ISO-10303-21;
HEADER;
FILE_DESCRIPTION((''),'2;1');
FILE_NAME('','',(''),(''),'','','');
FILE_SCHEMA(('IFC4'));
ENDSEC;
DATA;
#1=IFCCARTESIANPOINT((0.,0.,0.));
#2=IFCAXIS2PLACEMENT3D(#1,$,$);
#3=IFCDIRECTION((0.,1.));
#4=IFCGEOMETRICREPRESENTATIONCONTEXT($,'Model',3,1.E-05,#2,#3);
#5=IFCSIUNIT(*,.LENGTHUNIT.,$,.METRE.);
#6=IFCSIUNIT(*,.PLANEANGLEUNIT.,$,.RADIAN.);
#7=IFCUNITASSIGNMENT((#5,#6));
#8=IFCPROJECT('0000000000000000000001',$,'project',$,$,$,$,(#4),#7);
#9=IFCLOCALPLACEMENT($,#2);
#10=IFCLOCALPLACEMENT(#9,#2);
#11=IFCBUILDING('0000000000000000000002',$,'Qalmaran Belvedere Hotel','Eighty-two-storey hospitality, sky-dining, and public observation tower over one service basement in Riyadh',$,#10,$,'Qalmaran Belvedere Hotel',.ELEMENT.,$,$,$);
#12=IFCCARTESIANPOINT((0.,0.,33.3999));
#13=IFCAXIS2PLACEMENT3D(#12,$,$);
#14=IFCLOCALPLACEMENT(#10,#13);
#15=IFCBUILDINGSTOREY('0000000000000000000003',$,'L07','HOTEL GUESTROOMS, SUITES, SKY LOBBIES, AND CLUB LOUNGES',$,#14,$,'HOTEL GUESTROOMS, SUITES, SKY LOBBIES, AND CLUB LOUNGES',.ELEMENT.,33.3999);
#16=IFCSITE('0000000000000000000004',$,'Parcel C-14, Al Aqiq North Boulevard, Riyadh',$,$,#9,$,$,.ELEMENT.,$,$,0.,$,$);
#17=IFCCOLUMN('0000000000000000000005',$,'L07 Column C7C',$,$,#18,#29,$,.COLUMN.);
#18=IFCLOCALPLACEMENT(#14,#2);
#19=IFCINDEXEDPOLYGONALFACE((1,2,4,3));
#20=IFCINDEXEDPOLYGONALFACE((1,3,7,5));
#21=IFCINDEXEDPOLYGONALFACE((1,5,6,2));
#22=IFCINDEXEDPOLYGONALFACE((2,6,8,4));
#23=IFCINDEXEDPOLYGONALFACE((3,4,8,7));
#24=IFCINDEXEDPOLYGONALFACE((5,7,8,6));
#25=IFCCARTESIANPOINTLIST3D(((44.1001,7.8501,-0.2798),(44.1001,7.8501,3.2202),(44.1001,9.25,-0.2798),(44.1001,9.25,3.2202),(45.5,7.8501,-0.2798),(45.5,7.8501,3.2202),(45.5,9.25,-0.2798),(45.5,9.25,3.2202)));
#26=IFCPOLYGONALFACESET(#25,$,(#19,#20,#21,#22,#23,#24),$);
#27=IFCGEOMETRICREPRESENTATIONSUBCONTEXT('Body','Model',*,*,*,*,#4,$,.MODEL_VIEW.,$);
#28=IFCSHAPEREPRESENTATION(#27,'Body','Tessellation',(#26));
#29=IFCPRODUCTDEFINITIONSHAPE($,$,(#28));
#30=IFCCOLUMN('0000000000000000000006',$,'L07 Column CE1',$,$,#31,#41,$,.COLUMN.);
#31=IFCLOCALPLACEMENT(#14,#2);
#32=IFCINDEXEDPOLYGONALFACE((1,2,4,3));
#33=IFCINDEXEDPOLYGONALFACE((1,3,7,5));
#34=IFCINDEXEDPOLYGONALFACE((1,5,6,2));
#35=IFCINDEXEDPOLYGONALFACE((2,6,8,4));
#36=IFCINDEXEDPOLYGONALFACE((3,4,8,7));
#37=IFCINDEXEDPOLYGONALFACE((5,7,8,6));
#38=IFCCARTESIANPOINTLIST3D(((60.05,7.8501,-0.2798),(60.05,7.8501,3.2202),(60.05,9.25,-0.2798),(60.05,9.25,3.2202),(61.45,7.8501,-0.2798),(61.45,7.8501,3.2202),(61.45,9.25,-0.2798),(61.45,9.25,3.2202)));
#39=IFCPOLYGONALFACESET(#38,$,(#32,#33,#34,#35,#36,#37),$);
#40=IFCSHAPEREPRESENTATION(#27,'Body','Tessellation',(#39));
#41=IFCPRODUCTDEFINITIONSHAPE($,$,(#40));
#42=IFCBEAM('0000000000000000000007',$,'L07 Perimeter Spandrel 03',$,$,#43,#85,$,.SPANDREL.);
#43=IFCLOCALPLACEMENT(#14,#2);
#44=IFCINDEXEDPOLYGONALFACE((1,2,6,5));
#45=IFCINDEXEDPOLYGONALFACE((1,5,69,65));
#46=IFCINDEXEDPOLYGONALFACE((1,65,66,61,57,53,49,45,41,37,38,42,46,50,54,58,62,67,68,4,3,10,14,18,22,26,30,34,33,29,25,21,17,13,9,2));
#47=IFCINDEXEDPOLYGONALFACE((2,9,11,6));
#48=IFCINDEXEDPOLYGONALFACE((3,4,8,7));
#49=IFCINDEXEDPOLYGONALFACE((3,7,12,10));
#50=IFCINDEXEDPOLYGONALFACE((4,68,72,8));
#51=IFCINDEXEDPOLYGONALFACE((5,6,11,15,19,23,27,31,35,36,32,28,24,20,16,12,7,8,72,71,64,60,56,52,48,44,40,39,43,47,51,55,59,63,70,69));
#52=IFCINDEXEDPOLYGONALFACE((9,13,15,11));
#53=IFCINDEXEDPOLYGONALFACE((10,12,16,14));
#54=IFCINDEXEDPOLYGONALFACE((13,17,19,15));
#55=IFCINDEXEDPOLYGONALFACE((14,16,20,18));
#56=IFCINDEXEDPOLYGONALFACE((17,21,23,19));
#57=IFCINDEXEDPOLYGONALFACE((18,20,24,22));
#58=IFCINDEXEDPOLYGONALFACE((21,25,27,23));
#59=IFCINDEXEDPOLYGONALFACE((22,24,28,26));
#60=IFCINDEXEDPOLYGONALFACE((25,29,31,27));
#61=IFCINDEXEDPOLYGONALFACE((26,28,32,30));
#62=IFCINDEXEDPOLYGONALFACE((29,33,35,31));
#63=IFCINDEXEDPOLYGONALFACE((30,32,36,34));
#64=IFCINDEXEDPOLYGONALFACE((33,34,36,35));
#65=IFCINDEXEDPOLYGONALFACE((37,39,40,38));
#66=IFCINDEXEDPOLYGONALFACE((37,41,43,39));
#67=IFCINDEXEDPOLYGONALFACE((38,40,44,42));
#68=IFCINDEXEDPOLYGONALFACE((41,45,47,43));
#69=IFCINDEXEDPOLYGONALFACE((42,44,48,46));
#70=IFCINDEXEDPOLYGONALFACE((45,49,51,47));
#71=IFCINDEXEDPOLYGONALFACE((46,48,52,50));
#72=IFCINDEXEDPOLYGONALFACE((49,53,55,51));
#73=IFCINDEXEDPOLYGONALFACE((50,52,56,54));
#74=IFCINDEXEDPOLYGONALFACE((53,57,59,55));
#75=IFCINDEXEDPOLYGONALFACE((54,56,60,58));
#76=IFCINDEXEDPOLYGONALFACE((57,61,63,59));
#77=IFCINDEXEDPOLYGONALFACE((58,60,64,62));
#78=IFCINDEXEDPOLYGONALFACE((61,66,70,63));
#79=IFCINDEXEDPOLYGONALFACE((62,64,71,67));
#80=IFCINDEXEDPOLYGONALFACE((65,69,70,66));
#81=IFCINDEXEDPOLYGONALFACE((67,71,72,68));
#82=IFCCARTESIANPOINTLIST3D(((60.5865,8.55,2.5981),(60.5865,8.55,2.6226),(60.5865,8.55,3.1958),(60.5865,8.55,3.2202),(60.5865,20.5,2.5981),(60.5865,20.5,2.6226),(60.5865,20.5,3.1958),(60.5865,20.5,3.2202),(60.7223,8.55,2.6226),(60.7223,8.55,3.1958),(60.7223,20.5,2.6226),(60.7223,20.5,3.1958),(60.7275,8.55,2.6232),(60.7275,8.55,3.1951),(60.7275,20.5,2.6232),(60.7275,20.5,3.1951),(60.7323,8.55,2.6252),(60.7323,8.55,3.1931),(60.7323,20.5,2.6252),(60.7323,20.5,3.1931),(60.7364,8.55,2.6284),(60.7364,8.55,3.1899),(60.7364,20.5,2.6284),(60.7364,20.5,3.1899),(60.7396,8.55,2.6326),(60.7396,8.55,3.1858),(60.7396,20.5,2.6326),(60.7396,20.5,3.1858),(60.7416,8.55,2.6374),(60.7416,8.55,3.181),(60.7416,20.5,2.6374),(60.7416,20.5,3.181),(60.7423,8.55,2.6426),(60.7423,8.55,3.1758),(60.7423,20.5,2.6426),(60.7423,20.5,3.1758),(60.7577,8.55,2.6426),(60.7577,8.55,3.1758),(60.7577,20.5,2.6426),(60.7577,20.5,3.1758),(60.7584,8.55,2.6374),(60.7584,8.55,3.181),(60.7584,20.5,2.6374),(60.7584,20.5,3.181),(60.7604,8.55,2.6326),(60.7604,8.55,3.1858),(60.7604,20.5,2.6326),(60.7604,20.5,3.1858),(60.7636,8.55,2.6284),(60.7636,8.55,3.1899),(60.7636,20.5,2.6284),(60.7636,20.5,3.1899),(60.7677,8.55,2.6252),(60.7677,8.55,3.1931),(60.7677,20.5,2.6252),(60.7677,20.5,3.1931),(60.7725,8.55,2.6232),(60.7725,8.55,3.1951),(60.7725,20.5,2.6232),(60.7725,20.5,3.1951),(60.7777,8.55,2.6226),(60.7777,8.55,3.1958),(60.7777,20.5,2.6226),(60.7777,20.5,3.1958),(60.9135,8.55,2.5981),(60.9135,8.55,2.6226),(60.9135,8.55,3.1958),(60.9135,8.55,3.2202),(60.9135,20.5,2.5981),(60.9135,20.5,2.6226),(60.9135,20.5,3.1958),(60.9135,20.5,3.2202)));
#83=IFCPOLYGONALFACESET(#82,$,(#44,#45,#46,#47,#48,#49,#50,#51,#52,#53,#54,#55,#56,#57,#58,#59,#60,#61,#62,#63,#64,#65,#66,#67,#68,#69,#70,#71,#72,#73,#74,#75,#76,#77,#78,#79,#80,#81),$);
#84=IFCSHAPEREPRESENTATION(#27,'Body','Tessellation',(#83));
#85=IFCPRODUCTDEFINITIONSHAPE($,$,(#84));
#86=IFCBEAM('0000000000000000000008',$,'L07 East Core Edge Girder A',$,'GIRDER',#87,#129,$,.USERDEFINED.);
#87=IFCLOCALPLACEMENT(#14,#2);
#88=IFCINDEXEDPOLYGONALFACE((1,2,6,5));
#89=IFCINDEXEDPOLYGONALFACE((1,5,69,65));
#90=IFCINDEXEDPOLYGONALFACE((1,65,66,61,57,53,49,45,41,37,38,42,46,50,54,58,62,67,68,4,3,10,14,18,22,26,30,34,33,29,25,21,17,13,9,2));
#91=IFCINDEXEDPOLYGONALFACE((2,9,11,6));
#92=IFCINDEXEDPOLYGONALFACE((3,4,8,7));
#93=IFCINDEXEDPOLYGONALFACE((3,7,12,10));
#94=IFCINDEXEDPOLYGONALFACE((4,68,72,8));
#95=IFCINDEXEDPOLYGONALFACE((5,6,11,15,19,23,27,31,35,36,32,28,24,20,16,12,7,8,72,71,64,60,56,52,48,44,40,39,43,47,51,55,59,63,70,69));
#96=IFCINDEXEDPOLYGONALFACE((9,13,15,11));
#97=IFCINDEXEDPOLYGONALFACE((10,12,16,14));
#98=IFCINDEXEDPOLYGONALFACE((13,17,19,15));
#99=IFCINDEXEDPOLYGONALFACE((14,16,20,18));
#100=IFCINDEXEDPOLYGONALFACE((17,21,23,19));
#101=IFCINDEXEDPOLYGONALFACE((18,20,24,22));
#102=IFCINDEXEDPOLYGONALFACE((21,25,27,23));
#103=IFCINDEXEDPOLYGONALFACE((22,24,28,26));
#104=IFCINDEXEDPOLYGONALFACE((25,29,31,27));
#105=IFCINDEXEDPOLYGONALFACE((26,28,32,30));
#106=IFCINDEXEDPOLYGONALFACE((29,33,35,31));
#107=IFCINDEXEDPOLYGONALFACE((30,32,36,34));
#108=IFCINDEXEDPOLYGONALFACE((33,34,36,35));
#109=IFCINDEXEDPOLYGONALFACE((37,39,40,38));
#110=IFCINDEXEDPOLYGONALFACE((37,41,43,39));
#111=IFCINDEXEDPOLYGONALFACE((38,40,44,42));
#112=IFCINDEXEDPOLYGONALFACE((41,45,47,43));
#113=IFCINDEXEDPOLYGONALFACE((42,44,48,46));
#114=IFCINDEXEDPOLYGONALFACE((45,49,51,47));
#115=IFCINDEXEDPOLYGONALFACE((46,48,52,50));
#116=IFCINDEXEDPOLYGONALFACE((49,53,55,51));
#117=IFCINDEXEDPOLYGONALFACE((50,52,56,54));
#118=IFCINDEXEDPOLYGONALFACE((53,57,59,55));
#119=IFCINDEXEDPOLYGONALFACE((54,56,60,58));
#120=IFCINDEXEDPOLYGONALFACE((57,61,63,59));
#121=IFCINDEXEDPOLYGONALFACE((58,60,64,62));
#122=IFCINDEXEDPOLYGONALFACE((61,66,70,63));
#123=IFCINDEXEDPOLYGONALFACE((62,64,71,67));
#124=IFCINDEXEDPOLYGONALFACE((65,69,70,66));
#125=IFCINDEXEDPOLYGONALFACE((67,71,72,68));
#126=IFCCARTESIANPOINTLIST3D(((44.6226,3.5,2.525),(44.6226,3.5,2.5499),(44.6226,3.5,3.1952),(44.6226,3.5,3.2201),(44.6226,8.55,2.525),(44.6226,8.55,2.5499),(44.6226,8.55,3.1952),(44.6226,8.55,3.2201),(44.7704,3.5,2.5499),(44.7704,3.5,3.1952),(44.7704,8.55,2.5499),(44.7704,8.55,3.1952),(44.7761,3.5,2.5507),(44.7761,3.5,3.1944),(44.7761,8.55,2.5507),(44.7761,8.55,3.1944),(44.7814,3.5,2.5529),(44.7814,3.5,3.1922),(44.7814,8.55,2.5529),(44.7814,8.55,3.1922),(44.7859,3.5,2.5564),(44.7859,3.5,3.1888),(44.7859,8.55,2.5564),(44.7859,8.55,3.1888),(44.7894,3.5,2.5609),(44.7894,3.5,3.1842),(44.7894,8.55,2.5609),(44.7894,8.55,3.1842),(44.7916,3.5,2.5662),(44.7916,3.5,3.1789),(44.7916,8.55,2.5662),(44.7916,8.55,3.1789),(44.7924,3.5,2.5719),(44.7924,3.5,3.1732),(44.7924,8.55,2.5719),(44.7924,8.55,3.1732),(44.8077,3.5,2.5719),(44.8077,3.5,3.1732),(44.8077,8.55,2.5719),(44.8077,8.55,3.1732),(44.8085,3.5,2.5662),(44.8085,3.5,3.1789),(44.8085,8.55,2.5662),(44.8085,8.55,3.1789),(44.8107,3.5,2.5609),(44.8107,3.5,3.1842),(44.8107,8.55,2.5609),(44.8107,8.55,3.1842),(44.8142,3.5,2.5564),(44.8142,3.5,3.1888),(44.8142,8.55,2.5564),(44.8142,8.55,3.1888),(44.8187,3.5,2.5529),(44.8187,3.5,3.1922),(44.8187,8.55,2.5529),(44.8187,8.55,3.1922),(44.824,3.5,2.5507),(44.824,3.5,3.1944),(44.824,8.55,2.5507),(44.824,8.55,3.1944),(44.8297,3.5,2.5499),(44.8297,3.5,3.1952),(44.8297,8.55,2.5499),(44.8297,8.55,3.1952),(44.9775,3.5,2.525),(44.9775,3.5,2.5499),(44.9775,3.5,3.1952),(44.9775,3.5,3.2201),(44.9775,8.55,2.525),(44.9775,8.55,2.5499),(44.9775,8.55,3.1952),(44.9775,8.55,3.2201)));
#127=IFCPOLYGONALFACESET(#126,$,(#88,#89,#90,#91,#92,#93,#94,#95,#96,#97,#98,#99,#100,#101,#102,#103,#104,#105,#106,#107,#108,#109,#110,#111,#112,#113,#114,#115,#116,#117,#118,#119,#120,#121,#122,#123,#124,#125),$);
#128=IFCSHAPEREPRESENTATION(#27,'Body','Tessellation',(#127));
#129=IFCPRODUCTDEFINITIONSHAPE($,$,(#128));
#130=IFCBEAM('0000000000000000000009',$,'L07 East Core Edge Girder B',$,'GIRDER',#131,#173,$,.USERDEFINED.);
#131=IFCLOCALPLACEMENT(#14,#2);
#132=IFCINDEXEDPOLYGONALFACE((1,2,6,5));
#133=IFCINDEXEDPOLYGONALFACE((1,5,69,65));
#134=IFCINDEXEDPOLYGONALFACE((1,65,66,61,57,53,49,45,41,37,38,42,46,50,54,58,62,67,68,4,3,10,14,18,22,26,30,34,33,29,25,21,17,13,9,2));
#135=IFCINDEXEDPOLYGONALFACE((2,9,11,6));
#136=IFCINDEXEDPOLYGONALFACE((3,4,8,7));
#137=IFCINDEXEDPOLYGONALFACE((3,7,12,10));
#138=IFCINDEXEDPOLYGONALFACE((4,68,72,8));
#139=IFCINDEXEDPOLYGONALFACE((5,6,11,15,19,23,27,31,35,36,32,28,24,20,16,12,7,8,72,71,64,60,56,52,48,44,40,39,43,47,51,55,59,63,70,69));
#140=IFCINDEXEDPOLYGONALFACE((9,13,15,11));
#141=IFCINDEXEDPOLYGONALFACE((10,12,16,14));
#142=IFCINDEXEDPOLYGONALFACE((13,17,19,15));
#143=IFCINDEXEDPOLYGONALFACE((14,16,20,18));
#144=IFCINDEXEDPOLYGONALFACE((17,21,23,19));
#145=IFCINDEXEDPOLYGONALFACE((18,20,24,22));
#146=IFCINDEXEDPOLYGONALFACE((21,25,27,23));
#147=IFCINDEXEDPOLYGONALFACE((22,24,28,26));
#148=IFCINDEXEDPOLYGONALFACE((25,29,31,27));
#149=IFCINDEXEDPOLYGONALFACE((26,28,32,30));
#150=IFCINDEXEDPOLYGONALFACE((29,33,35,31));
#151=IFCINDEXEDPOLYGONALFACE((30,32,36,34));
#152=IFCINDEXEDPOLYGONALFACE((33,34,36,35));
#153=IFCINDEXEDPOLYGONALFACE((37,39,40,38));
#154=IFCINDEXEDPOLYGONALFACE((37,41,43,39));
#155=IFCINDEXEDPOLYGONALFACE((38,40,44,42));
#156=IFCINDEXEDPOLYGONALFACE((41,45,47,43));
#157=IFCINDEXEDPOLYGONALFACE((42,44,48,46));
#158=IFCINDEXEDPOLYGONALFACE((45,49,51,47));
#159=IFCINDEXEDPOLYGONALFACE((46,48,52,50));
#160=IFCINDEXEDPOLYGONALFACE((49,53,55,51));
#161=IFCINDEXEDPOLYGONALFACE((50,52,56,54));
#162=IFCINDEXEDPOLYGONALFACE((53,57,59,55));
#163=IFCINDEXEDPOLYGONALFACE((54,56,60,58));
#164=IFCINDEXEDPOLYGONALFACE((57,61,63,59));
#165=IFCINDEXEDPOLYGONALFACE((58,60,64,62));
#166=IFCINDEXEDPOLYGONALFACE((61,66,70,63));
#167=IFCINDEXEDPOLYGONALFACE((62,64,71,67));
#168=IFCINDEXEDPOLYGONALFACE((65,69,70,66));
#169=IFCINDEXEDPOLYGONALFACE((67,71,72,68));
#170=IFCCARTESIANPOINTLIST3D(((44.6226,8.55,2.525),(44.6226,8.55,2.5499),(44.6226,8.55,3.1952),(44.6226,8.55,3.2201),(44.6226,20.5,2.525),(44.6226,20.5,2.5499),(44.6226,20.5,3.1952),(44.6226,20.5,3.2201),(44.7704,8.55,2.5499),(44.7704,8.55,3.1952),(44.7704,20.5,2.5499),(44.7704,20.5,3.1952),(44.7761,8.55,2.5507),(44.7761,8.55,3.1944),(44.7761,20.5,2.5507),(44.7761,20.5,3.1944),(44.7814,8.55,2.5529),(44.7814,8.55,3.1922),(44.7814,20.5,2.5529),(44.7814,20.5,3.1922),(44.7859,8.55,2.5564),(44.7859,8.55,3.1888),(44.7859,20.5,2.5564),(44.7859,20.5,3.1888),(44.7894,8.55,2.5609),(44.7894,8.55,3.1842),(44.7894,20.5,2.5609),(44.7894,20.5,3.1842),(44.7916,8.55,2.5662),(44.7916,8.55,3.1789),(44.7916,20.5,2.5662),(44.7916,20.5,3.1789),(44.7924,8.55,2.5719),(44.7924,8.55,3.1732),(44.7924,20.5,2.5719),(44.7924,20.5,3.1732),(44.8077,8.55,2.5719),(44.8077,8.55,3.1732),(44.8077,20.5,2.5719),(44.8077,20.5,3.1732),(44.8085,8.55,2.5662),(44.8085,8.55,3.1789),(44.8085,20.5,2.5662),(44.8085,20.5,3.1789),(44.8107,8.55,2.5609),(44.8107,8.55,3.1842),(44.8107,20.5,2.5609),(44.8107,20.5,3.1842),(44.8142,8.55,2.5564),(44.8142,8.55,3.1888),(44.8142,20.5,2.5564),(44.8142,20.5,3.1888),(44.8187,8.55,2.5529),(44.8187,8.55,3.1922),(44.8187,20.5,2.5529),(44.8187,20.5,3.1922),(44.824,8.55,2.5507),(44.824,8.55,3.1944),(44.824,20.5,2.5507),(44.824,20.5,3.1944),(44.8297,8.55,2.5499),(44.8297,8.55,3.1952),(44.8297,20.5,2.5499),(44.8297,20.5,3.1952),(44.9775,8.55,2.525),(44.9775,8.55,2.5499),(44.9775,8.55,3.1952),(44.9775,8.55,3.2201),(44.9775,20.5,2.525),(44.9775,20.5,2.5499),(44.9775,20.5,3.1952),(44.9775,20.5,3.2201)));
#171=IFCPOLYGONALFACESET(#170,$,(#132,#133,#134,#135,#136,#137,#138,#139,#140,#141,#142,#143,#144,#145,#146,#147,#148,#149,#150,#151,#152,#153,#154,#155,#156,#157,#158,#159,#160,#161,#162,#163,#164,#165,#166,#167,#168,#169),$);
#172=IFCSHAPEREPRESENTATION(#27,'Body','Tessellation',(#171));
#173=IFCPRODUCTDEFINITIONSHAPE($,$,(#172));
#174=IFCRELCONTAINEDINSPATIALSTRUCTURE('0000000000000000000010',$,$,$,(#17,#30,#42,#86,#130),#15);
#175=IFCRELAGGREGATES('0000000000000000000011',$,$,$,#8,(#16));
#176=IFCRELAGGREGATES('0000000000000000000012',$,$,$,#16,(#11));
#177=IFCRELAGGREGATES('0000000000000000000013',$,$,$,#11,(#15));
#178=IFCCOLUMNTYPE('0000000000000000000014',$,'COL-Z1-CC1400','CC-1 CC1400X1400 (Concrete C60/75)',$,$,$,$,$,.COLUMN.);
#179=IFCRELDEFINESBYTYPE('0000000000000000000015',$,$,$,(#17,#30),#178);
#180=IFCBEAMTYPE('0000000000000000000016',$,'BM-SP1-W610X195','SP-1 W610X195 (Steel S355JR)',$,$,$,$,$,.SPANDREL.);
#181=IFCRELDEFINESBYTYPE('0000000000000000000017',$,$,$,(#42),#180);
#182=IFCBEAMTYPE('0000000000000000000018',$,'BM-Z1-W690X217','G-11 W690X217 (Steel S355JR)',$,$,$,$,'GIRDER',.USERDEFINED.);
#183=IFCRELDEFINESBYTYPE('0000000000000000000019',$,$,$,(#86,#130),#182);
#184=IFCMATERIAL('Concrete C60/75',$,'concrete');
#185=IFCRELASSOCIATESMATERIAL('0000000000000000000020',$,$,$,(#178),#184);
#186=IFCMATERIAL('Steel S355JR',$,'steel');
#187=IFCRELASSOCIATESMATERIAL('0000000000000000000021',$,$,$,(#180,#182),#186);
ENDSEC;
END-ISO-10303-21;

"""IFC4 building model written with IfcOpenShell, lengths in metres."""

from ifc_helpers import new_model, si_unit, direction, frame, origin, origin_2d, place, context, subcontext, project, spatial, rectangle, i_section, extrude, material, material_profile, profile_set, type_object, element, save


model = new_model("IFC4")

# Units and contexts
model_context = context("Model", 3, precision=1e-05, world=origin(), true_north=direction((0.0, 1.0)))
body_context = subcontext(model_context, "Body", "Model", "MODEL_VIEW")
ifc_project = project(units=[si_unit("LENGTHUNIT", "METRE"), si_unit("PLANEANGLEUNIT", "RADIAN")], contexts=[model_context])

# Site, building, storey
site_placement = place(None, origin())
site = spatial("IfcSite", under=ifc_project, at=site_placement, Name="Parcel C-14, Al Aqiq North Boulevard, Riyadh", CompositionType="ELEMENT", RefElevation=0.0)
building_placement = place(site_placement, origin())
building = spatial("IfcBuilding", under=site, at=building_placement, Name="Qalmaran Belvedere Hotel", Description="Eighty-two-storey hospitality, sky-dining, and public observation tower over one service basement in Riyadh", LongName="Qalmaran Belvedere Hotel", CompositionType="ELEMENT")
storey_placement = place(building_placement, frame((0.0, 0.0, 33.3999)))
storey = spatial("IfcBuildingStorey", under=building, at=storey_placement, Name="L07", Description="HOTEL GUESTROOMS, SUITES, SKY LOBBIES, AND CLUB LOUNGES", LongName="HOTEL GUESTROOMS, SUITES, SKY LOBBIES, AND CLUB LOUNGES", CompositionType="ELEMENT", Elevation=33.3999)

# Columns
ifc_material_1 = material(Name="Concrete C60/75", Category="concrete")
ifc_material_profile_1 = material_profile(ifc_material_1, rectangle(XDim=1.3999, YDim=1.3999, at=origin_2d()), Name="CC1400X1400")
ifc_profile_set_1 = profile_set([ifc_material_profile_1], Name="Concrete C60/75")
column_type = type_object("IfcColumnType", Name="COL-Z1-CC1400", Description="CC-1 CC1400X1400 (Concrete C60/75)", PredefinedType="COLUMN", material=ifc_profile_set_1)
for number, where, z_axis, x_axis, name in (
    (1, (44.8, 8.55, -0.2798), (0.0, 0.0, 1.0), (1.0, 0.0, 0.0), "L07 Column C7C"),
    (2, (60.75, 8.55, -0.2798), (0.0, 0.0, 1.0), (1.0, 0.0, 0.0), "L07 Column CE1"),
):
    element("IfcColumn", number, at=place(storey_placement, frame(where, z_axis=z_axis, x_axis=x_axis)), inside=storey, type_object=column_type, Name=name, PredefinedType="COLUMN", context=body_context, shape_type="SweptSolid", body=[
        extrude(rectangle(XDim=1.3999, YDim=1.3999, at=origin_2d()), origin(), (0.0, 0.0, 1.0), 3.5),
    ])

# Beams
ifc_material_2 = material(Name="Steel S355JR", Category="steel")
ifc_material_profile_2 = material_profile(ifc_material_2, i_section(OverallWidth=0.3269, OverallDepth=0.6221, WebThickness=0.0154, FlangeThickness=0.0244, FilletRadius=0.02, at=origin_2d()), Name="W610X195")
ifc_profile_set_2 = profile_set([ifc_material_profile_2], Name="Steel S355JR")
beam_type_1 = type_object("IfcBeamType", Name="BM-SP1-W610X195", Description="SP-1 W610X195 (Steel S355JR)", PredefinedType="SPANDREL", material=ifc_profile_set_2)
beam_1_placement = place(storey_placement, frame((60.75, 8.55, 2.9092), z_axis=(0.0, 1.0, 0.0), x_axis=(-1.0, 0.0, 0.0)))
element("IfcBeam", 3, at=beam_1_placement, inside=storey, type_object=beam_type_1, Name="L07 Perimeter Spandrel 03", PredefinedType="SPANDREL", context=body_context, shape_type="SweptSolid", body=[
    extrude(i_section(OverallWidth=0.3269, OverallDepth=0.6221, WebThickness=0.0154, FlangeThickness=0.0244, FilletRadius=0.02, at=origin_2d()), origin(), (0.0, 0.0, 1.0), 11.95),
])
ifc_material_profile_3 = material_profile(ifc_material_2, i_section(OverallWidth=0.355, OverallDepth=0.6951, WebThickness=0.0154, FlangeThickness=0.0249, FilletRadius=0.022, at=origin_2d()), Name="W690X217")
ifc_profile_set_3 = profile_set([ifc_material_profile_3], Name="Steel S355JR")
beam_type_2 = type_object("IfcBeamType", Name="BM-Z1-W690X217", Description="G-11 W690X217 (Steel S355JR)", ElementType="GIRDER", PredefinedType="USERDEFINED", material=ifc_profile_set_3)
beam_2_placement = place(storey_placement, frame((44.8, 3.5, 2.8726), z_axis=(0.0, 1.0, 0.0), x_axis=(-1.0, 0.0, 0.0)))
element("IfcBeam", 4, at=beam_2_placement, inside=storey, type_object=beam_type_2, Name="L07 East Core Edge Girder A", ObjectType="GIRDER", PredefinedType="USERDEFINED", context=body_context, shape_type="SweptSolid", body=[
    extrude(i_section(OverallWidth=0.355, OverallDepth=0.6951, WebThickness=0.0154, FlangeThickness=0.0249, FilletRadius=0.022, at=origin_2d()), origin(), (0.0, 0.0, 1.0), 5.05),
])
beam_3_placement = place(storey_placement, frame((44.8, 8.55, 2.8726), z_axis=(0.0, 1.0, 0.0), x_axis=(-1.0, 0.0, 0.0)))
element("IfcBeam", 5, at=beam_3_placement, inside=storey, type_object=beam_type_2, Name="L07 East Core Edge Girder B", ObjectType="GIRDER", PredefinedType="USERDEFINED", context=body_context, shape_type="SweptSolid", body=[
    extrude(i_section(OverallWidth=0.355, OverallDepth=0.6951, WebThickness=0.0154, FlangeThickness=0.0249, FilletRadius=0.022, at=origin_2d()), origin(), (0.0, 0.0, 1.0), 11.95),
])

save(model, "model.ifc")
